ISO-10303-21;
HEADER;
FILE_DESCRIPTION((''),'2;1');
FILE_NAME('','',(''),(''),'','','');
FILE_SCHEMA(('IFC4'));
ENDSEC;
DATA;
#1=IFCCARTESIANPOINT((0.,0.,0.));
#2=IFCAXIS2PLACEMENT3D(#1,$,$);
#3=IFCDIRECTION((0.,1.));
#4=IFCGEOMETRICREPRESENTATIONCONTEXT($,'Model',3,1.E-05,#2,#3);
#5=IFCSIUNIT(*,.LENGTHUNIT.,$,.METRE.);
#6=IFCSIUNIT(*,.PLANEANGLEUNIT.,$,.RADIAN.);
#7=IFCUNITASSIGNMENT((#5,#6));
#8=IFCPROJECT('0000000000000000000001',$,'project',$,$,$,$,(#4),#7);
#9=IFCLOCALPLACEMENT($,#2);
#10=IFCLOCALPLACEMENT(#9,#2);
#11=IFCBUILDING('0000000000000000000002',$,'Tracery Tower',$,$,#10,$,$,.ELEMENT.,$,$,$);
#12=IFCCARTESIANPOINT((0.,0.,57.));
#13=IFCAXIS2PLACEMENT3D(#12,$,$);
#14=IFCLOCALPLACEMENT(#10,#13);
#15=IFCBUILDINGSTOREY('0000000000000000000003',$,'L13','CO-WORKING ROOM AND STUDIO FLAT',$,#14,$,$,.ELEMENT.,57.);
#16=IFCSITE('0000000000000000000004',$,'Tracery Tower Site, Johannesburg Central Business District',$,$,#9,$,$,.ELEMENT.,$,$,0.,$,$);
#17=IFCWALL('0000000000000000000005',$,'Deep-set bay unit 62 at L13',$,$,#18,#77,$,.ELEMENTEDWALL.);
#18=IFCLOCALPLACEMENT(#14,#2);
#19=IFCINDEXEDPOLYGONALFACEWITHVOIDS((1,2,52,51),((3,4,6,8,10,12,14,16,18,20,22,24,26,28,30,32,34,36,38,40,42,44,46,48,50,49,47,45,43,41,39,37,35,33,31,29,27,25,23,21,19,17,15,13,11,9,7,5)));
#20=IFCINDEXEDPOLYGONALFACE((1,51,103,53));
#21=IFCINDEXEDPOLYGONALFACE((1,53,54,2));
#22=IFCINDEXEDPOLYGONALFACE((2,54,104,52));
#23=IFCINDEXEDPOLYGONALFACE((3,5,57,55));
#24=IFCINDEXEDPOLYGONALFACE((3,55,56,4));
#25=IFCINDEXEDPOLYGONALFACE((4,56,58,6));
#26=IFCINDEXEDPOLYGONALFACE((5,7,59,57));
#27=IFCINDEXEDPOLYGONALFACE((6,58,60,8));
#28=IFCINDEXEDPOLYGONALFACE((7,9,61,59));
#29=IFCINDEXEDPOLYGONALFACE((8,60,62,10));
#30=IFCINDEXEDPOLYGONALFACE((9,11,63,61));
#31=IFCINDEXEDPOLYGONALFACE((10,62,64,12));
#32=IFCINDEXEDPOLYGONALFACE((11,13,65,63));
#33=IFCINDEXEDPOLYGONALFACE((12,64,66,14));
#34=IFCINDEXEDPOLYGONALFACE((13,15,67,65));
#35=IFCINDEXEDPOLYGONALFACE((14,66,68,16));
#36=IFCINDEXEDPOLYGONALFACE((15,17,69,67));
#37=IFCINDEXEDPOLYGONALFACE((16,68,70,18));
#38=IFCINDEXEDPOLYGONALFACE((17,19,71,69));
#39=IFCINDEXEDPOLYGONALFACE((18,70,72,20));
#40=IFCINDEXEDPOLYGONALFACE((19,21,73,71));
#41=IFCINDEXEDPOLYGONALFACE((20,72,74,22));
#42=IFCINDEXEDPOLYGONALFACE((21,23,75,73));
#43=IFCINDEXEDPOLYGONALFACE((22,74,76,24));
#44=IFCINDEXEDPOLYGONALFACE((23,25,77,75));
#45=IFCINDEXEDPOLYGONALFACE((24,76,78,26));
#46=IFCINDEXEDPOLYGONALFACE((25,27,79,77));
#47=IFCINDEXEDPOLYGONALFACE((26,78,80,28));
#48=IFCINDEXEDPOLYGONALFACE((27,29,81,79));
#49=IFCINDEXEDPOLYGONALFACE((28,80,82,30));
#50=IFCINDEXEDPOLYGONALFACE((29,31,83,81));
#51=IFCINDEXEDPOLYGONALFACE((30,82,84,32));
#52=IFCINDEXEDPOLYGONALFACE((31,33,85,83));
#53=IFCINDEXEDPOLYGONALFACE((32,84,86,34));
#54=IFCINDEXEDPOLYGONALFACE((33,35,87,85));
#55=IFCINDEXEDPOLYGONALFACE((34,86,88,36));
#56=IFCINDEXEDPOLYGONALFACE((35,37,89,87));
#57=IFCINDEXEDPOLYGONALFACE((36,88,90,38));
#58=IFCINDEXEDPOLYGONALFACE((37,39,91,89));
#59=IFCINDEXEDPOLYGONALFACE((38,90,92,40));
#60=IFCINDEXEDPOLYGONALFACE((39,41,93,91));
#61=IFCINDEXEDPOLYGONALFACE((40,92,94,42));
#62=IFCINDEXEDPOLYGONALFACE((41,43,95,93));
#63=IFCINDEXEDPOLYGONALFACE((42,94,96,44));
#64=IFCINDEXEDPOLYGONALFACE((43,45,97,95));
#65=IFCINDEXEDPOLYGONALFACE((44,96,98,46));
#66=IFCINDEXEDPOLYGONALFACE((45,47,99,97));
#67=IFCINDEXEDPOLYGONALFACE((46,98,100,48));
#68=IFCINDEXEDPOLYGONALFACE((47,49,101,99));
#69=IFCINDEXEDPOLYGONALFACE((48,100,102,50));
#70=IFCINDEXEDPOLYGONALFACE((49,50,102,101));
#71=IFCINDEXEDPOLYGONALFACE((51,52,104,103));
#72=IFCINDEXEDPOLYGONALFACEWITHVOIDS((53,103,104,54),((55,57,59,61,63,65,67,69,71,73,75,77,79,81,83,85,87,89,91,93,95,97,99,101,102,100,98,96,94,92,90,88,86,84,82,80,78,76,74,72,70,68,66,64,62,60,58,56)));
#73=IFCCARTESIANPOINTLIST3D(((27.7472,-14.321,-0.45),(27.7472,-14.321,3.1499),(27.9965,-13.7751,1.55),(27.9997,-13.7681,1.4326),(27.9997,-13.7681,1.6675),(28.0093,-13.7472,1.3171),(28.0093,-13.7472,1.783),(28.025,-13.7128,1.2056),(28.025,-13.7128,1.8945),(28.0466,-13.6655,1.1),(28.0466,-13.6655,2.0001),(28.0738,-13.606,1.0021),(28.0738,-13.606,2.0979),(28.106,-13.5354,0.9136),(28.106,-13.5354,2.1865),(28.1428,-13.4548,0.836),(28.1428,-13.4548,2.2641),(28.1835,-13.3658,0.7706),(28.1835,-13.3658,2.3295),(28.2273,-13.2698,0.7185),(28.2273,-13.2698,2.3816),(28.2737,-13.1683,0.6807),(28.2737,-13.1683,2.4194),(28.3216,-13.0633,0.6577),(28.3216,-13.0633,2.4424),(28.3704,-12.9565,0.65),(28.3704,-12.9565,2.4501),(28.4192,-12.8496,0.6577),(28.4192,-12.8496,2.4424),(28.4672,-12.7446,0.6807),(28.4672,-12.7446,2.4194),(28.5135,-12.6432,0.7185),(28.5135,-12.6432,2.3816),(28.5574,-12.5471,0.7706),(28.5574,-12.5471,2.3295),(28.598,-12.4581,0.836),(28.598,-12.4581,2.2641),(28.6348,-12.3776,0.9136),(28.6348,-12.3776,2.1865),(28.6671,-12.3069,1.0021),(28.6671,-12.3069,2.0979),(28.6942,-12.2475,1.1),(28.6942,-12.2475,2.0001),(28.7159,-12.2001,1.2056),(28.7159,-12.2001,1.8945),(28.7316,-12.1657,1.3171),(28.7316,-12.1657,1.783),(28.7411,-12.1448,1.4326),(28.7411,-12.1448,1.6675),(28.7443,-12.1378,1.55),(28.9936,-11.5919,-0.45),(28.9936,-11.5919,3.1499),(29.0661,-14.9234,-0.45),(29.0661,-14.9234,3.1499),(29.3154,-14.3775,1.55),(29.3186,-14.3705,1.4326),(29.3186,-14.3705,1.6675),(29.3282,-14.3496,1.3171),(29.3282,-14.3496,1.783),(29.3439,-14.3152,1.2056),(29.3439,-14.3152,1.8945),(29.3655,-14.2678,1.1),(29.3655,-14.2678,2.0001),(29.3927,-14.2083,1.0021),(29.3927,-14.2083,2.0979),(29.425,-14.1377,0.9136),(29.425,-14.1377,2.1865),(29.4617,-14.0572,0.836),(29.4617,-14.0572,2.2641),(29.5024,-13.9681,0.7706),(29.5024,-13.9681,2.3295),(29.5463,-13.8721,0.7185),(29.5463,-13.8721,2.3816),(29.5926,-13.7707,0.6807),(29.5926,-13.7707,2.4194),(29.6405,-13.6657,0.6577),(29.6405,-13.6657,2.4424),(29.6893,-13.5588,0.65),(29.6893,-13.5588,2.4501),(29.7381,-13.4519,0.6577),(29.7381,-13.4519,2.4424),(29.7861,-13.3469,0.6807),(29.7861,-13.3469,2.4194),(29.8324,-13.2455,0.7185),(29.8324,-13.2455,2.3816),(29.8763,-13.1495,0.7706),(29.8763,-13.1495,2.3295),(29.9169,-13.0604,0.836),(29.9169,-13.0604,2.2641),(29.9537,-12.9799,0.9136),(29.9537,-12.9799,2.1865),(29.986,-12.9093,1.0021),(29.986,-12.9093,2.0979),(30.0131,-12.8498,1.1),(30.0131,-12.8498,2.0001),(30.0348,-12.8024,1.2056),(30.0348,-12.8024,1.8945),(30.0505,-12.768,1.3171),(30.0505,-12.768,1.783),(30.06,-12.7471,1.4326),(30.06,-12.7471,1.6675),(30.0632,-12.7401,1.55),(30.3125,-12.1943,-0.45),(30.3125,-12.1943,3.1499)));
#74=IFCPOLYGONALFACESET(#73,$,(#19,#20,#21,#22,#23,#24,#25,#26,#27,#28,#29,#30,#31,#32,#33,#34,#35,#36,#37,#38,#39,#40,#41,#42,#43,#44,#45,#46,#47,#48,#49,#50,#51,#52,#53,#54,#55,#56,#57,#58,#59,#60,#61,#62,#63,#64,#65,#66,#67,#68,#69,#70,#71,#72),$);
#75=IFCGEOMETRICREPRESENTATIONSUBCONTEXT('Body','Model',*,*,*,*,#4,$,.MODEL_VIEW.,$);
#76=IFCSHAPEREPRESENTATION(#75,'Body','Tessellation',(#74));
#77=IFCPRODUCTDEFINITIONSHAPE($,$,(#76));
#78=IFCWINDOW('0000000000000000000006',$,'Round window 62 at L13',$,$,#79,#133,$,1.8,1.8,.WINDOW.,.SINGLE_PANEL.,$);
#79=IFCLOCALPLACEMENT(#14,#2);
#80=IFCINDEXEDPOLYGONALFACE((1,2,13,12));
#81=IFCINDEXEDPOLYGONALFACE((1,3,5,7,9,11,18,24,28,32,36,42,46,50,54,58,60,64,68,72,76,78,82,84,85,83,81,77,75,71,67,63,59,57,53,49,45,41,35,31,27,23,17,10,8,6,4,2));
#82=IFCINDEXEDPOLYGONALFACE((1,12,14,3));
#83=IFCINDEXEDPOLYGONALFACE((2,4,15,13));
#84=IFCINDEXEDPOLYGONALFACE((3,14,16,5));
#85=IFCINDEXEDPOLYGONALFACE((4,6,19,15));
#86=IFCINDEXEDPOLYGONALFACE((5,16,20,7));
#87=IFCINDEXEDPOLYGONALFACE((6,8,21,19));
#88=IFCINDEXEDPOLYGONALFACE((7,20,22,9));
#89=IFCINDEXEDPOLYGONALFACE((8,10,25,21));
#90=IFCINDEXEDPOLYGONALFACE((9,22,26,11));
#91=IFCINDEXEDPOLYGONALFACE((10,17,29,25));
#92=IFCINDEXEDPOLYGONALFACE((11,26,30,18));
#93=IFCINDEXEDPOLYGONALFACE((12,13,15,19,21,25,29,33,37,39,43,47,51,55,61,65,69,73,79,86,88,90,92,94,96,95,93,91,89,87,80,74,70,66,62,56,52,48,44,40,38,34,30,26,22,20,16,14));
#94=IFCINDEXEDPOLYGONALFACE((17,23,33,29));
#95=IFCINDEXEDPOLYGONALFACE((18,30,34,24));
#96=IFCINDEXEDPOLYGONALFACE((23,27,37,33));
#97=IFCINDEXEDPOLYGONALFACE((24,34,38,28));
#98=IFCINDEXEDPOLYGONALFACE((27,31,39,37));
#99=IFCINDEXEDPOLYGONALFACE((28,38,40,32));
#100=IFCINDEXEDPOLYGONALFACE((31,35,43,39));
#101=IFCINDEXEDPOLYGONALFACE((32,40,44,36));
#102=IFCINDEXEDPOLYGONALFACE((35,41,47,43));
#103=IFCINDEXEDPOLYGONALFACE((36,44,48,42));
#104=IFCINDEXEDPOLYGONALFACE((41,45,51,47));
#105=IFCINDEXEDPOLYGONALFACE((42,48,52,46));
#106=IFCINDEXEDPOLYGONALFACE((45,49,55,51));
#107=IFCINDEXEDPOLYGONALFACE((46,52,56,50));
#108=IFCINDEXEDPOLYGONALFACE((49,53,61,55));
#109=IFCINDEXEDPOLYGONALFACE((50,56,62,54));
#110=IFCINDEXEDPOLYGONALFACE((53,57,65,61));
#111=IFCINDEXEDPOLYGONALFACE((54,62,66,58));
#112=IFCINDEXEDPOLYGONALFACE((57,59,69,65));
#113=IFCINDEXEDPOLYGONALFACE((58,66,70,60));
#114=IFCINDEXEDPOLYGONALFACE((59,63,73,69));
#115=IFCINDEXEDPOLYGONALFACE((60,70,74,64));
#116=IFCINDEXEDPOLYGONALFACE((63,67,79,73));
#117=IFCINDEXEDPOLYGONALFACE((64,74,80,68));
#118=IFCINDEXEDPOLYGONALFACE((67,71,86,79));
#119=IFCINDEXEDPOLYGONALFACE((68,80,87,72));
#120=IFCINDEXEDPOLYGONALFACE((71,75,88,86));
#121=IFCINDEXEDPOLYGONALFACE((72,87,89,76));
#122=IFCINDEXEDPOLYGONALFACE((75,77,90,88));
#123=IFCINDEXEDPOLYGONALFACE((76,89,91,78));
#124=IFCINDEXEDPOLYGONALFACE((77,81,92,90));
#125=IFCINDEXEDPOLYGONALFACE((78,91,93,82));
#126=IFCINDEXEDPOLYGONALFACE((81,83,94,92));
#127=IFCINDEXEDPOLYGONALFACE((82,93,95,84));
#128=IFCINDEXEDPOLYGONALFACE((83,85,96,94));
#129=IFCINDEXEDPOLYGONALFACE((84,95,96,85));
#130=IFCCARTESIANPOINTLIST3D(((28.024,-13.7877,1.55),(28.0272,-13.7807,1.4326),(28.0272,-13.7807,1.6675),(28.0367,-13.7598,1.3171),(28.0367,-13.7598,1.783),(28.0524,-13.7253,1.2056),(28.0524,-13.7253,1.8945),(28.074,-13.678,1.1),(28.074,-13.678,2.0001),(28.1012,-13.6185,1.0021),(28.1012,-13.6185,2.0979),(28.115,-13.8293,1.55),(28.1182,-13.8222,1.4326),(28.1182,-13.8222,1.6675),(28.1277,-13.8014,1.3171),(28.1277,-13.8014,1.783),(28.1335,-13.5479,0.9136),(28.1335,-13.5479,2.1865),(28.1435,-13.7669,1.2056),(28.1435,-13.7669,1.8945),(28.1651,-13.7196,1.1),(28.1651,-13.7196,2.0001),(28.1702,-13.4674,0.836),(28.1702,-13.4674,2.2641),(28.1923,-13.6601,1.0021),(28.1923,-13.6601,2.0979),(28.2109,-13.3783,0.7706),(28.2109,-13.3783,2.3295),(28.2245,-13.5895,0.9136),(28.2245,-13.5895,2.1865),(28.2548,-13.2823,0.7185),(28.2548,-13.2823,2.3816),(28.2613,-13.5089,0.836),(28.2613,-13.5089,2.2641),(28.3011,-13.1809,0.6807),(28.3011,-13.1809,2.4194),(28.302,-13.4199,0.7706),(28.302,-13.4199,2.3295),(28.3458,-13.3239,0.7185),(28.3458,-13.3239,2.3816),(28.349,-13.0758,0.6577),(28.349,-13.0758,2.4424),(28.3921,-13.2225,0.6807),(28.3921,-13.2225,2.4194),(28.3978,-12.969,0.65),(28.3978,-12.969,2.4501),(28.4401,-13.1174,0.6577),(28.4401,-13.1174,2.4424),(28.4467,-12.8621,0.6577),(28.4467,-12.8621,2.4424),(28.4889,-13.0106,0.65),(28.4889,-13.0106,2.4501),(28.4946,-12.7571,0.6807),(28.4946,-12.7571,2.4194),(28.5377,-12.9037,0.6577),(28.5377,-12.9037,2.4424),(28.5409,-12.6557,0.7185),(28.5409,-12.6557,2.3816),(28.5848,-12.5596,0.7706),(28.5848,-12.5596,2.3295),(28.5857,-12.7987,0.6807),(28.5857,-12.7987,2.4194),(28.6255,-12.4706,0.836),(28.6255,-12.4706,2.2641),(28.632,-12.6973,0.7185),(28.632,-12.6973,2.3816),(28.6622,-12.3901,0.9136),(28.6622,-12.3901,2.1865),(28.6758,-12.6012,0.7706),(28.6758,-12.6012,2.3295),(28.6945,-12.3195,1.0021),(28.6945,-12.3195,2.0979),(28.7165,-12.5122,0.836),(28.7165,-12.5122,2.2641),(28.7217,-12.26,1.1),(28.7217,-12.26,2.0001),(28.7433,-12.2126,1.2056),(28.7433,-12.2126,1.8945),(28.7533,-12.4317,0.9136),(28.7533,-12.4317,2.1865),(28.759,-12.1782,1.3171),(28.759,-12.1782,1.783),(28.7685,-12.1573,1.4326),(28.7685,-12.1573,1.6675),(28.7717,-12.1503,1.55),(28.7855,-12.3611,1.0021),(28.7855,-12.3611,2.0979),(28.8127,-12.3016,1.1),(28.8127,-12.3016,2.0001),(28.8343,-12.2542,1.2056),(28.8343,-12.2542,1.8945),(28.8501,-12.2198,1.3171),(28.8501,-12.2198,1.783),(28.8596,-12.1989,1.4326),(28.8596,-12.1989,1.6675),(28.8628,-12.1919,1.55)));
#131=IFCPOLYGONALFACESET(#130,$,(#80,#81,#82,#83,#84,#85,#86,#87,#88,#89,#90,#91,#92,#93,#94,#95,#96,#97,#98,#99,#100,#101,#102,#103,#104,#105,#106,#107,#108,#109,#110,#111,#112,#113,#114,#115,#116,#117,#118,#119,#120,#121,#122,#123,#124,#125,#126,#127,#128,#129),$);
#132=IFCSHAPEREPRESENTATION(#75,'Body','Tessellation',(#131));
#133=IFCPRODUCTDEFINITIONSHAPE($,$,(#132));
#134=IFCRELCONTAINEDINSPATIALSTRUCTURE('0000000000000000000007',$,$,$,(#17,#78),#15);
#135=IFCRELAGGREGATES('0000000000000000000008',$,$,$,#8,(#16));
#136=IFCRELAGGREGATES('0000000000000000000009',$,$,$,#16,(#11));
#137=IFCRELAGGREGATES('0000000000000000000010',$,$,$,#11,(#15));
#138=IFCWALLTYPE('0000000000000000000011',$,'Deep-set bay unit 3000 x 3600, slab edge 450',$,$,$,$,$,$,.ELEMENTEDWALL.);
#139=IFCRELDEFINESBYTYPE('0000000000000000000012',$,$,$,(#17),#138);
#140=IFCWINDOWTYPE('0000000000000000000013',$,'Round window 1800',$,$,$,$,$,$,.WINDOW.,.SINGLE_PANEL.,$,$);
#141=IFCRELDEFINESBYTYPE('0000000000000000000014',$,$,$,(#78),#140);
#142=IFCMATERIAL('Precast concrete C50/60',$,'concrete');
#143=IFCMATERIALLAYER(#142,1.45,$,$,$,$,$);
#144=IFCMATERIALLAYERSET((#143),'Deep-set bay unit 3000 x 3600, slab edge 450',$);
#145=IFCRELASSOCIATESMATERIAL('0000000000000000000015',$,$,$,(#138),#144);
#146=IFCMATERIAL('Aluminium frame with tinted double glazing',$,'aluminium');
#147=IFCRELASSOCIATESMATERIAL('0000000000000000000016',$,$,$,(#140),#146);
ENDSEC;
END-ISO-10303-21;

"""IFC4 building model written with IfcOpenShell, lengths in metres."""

from ifc_helpers import new_model, si_unit, direction, frame, frame_2d, origin, origin_2d, place, context, subcontext, project, spatial, rectangle, circle, extrude, material, layer, layer_set, type_object, element, fill, save


model = new_model("IFC4")

# Units and contexts
model_context = context("Model", 3, precision=1e-05, world=origin(), true_north=direction((0.0, 1.0)))
body_context = subcontext(model_context, "Body", "Model", "MODEL_VIEW")
ifc_project = project(units=[si_unit("LENGTHUNIT", "METRE"), si_unit("PLANEANGLEUNIT", "RADIAN")], contexts=[model_context])

# Site, building, storey
site_placement = place(None, origin())
site = spatial("IfcSite", under=ifc_project, at=site_placement, Name="Tracery Tower Site, Johannesburg Central Business District", CompositionType="ELEMENT", RefElevation=0.0)
building_placement = place(site_placement, origin())
building = spatial("IfcBuilding", under=site, at=building_placement, Name="Tracery Tower", CompositionType="ELEMENT")
storey_placement = place(building_placement, frame((0.0, 0.0, 57.0)))
storey = spatial("IfcBuildingStorey", under=building, at=storey_placement, Name="L13", Description="CO-WORKING ROOM AND STUDIO FLAT", CompositionType="ELEMENT", Elevation=57.0)

# Wall, opening, window
ifc_material_1 = material(Name="Precast concrete C50/60", Category="concrete")
ifc_layer_1 = layer(ifc_material_1, 1.45)
ifc_layer_set_1 = layer_set([ifc_layer_1], Name="Deep-set bay unit 3000 x 3600, slab edge 450")
wall_type_1 = type_object("IfcWallType", Name="Deep-set bay unit 3000 x 3600, slab edge 450", PredefinedType="ELEMENTEDWALL", material=ifc_layer_set_1)
wall_1_placement = place(storey_placement, frame((28.4067, -14.6221, -0.45), z_axis=(0.0, 0.0, 1.0), x_axis=(0.415427, 0.909627, 0.0)))
wall_1 = element("IfcWall", 1, at=wall_1_placement, inside=storey, type_object=wall_type_1, Name="Deep-set bay unit 62 at L13", PredefinedType="ELEMENTEDWALL", context=body_context, shape_type="SweptSolid", body=[
    extrude(rectangle(XDim=3.0002, YDim=1.45, at=frame_2d((1.5, 0.0))), origin(), (0.0, 0.0, 1.0), 3.5999),
])
opening_1_placement = place(wall_1_placement, frame((1.5, 0.0, 2.0)))
opening_1 = element("IfcOpeningElement", 2, at=opening_1_placement, cuts=wall_1, PredefinedType="OPENING", context=body_context, shape_type="SweptSolid", body=[
    extrude(circle(Radius=0.9, at=origin_2d()), frame((0.0, 0.7349, 0.0), z_axis=(0.0, -1.0, 0.0), x_axis=(1.0, 0.0, 0.0)), (0.0, 0.0, 1.0), 1.47),
])
ifc_material_2 = material(Name="Aluminium frame with tinted double glazing", Category="aluminium")
window_type = type_object("IfcWindowType", Name="Round window 1800", PartitioningType="SINGLE_PANEL", PredefinedType="WINDOW", material=ifc_material_2)
window_1_placement = place(opening_1_placement, origin())
window_1 = element("IfcWindow", 3, at=window_1_placement, inside=storey, type_object=window_type, Name="Round window 62 at L13", OverallHeight=1.8, OverallWidth=1.8, PartitioningType="SINGLE_PANEL", PredefinedType="WINDOW", context=body_context, shape_type="SweptSolid", body=[
    extrude(circle(Radius=0.9, at=origin_2d()), frame((0.0, 0.6948, 0.0), z_axis=(0.0, -1.0, 0.0), x_axis=(1.0, 0.0, 0.0)), (0.0, 0.0, 1.0), 0.1001),
])
fill(opening_1, window_1)

save(model, "model.ifc")
